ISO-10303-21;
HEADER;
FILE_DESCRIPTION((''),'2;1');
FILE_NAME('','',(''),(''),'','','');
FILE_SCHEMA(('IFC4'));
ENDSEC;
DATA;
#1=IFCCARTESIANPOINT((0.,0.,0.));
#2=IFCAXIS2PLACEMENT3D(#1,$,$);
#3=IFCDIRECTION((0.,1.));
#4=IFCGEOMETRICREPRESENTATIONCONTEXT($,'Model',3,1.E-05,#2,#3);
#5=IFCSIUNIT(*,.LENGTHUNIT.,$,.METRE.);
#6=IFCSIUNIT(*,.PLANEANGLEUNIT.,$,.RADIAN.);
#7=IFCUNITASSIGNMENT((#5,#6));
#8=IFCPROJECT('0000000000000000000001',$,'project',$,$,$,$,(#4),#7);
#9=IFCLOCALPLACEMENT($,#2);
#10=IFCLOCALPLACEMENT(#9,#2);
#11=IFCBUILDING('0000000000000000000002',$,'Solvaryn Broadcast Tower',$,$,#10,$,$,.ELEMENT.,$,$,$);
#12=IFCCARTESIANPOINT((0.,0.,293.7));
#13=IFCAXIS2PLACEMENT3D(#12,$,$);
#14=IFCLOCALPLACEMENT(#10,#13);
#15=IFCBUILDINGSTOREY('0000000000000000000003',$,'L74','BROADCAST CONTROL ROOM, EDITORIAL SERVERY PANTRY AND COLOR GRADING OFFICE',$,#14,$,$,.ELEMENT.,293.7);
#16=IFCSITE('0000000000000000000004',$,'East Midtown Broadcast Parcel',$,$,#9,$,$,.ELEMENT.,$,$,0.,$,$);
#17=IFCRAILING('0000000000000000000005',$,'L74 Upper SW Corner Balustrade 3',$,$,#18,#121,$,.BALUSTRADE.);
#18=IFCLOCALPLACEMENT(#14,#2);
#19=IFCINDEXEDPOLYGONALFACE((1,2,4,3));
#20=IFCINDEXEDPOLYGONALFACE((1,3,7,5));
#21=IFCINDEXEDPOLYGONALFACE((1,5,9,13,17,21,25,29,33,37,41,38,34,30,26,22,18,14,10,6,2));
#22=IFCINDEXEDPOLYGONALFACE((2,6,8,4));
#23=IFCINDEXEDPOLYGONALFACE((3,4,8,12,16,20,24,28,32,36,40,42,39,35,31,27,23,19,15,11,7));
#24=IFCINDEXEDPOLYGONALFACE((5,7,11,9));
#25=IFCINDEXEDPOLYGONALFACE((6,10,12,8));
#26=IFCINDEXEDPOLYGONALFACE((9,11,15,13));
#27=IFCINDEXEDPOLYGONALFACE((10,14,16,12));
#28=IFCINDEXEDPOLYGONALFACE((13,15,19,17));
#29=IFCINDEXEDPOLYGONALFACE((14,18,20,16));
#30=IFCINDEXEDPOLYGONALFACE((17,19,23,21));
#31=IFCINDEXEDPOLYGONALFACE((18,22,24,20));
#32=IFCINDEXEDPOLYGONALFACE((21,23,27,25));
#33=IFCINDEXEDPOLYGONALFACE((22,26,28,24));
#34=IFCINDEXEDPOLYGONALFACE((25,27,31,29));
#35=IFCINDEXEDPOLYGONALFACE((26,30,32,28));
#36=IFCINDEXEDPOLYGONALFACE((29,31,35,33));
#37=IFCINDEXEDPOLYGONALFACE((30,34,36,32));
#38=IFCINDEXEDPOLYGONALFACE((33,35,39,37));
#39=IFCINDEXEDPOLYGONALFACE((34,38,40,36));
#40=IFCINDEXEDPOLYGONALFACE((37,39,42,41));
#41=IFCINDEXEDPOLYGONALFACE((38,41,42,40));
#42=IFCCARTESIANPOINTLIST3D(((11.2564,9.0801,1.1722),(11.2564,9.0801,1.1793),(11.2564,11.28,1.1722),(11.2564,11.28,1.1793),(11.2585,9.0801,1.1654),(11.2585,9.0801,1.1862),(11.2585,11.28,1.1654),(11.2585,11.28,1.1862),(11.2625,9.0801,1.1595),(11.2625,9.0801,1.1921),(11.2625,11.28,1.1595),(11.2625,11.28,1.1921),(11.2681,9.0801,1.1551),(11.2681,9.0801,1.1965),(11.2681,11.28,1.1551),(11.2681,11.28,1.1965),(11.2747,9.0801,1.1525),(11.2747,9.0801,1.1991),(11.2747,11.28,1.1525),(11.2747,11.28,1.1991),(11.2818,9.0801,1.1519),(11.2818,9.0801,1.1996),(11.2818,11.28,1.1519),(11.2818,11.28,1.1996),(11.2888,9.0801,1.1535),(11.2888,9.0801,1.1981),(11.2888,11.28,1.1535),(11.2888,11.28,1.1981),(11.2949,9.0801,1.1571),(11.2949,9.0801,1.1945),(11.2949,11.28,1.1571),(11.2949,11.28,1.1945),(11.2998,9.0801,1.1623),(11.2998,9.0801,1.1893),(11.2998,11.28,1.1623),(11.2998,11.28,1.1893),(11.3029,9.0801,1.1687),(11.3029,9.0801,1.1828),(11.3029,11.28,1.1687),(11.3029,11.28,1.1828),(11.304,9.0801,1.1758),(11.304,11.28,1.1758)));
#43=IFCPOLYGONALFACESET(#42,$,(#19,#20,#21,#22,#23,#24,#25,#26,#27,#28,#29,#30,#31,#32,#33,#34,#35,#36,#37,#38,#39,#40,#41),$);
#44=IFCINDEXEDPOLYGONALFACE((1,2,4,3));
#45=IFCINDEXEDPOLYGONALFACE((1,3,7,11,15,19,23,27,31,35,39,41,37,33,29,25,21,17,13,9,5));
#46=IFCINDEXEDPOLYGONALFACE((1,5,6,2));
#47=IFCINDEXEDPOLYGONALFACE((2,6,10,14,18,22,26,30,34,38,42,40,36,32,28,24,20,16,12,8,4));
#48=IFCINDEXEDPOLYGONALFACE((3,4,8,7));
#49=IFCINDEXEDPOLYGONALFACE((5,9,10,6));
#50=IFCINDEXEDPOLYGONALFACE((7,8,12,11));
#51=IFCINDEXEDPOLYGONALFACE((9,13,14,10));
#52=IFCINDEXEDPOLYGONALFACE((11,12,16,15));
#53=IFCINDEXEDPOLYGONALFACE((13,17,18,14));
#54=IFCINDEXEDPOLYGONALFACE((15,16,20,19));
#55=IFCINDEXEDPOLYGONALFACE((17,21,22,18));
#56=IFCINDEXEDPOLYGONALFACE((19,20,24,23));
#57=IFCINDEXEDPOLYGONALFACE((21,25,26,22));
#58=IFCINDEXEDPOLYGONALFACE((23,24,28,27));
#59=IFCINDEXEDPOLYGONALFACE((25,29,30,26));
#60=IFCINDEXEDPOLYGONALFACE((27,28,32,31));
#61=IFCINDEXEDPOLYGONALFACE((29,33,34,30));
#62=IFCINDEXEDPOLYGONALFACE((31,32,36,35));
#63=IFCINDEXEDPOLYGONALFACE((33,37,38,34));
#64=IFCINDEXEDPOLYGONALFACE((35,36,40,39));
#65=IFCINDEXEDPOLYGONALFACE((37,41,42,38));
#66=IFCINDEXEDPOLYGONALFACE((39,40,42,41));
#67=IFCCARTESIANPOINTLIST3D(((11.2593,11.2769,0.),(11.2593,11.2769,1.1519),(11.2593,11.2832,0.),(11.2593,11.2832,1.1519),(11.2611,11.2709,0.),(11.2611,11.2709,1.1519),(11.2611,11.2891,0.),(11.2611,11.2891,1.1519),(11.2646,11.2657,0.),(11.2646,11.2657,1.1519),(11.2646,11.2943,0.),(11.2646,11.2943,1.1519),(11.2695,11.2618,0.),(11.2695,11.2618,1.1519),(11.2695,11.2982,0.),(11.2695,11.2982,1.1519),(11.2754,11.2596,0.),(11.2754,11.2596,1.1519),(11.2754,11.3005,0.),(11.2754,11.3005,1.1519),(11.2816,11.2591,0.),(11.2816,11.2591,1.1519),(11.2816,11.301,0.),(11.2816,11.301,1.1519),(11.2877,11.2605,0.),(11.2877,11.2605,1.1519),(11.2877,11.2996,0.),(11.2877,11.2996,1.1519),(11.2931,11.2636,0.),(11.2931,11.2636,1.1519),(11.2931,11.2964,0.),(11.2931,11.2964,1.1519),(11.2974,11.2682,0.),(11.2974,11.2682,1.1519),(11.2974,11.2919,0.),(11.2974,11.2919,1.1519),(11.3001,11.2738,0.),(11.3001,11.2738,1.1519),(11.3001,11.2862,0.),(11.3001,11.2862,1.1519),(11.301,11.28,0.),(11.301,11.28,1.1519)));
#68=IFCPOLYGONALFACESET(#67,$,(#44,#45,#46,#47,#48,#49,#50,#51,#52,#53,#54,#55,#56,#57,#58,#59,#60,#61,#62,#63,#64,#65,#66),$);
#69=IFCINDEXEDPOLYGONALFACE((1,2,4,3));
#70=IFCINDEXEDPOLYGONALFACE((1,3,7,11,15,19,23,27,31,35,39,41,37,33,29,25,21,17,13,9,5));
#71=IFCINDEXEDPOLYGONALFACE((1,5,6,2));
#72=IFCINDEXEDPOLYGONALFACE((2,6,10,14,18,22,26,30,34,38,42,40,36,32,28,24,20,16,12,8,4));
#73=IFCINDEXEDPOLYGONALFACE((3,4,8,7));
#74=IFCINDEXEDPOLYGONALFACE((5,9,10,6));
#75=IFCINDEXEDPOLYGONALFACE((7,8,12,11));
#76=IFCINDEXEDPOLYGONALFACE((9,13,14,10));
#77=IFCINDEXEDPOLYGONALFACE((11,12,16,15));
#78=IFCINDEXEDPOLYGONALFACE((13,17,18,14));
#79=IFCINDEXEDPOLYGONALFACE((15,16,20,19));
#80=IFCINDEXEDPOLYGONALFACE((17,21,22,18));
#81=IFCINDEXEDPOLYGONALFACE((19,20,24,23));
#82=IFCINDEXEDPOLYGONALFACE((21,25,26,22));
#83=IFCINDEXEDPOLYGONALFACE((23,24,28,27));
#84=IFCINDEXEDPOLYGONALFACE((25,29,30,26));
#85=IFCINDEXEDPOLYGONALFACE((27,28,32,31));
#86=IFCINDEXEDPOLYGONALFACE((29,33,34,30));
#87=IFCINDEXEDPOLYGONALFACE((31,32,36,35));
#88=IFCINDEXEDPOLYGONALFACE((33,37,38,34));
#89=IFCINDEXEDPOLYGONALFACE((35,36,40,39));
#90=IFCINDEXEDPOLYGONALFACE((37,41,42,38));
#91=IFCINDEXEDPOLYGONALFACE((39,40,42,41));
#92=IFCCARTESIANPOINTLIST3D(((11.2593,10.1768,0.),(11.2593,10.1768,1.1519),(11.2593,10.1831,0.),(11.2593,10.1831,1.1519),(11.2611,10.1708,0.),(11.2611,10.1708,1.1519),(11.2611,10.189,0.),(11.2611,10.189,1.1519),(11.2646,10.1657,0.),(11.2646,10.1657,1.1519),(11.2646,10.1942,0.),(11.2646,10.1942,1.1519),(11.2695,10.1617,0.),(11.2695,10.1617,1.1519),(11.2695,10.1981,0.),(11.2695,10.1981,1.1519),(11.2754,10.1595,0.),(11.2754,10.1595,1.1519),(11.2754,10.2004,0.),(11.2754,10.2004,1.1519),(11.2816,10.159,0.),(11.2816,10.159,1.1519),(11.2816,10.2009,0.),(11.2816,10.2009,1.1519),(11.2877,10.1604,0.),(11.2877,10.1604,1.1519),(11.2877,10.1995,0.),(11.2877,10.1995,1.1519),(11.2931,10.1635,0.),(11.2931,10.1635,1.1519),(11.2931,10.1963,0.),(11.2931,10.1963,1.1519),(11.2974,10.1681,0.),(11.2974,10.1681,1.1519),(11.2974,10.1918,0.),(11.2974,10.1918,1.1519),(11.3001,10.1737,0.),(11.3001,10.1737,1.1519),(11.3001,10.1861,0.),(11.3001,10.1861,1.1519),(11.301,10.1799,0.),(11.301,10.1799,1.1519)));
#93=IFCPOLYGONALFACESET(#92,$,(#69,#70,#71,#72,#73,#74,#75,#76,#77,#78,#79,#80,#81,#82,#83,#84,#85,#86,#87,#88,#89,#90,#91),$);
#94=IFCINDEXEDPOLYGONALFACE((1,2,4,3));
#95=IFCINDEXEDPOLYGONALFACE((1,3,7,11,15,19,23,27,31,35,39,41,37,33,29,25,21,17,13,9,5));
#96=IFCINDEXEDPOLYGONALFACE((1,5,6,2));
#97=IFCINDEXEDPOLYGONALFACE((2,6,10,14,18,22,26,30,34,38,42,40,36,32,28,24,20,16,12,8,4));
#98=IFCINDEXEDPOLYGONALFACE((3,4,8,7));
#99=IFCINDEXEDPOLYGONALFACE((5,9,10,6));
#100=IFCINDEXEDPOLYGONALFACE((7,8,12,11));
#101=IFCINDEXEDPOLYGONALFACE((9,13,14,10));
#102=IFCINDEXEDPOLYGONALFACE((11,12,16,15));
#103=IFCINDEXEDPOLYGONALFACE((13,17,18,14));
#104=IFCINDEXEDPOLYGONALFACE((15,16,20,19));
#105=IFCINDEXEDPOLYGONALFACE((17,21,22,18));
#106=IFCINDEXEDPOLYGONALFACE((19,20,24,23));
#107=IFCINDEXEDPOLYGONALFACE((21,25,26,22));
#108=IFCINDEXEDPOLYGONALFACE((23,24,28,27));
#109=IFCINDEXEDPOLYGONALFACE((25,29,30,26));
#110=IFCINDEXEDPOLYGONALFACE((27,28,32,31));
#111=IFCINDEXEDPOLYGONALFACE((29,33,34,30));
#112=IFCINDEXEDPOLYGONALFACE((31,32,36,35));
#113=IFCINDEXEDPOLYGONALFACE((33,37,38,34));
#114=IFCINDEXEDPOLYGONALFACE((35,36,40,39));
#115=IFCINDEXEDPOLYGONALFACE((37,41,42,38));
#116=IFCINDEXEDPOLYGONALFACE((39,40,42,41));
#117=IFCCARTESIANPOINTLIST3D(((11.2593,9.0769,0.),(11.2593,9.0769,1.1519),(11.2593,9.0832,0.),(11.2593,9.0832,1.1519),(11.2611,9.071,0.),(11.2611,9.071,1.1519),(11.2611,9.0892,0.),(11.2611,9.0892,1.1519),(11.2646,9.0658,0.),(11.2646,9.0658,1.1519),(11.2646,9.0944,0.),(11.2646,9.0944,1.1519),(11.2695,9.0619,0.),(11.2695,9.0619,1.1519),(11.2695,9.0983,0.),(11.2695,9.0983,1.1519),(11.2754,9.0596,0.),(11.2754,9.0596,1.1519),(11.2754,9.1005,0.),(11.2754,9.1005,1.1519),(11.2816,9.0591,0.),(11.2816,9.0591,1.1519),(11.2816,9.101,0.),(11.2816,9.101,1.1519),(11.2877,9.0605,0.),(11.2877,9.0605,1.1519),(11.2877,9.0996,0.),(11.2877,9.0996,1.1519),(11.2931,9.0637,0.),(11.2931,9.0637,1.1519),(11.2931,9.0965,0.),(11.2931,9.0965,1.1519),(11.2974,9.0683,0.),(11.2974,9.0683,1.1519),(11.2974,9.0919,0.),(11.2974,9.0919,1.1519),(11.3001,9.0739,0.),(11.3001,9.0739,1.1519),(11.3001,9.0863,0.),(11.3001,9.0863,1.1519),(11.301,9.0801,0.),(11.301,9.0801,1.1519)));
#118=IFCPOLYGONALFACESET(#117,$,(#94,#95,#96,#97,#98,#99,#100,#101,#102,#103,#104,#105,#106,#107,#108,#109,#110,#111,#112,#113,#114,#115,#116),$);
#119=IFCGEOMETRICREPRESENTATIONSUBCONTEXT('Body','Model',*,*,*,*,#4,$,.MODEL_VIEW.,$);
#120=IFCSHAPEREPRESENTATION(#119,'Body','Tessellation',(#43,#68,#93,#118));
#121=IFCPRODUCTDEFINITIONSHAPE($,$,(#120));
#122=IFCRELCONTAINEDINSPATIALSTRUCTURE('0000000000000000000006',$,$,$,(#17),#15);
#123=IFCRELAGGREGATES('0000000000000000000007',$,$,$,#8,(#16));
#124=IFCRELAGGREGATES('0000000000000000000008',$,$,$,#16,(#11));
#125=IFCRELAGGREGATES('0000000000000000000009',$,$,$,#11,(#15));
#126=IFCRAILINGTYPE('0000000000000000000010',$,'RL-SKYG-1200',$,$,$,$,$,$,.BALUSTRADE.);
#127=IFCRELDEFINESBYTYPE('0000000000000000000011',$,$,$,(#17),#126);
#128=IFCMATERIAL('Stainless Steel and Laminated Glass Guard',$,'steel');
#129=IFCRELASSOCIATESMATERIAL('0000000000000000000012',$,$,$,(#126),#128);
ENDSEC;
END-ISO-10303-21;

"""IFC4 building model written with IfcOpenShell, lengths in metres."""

from ifc_helpers import new_model, si_unit, direction, frame, origin, origin_2d, place, context, subcontext, project, spatial, circle, extrude, material, type_object, element, save


model = new_model("IFC4")

# Units and contexts
model_context = context("Model", 3, precision=1e-05, world=origin(), true_north=direction((0.0, 1.0)))
body_context = subcontext(model_context, "Body", "Model", "MODEL_VIEW")
ifc_project = project(units=[si_unit("LENGTHUNIT", "METRE"), si_unit("PLANEANGLEUNIT", "RADIAN")], contexts=[model_context])

# Site, building, storey
site_placement = place(None, origin())
site = spatial("IfcSite", under=ifc_project, at=site_placement, Name="East Midtown Broadcast Parcel", CompositionType="ELEMENT", RefElevation=0.0)
building_placement = place(site_placement, origin())
building = spatial("IfcBuilding", under=site, at=building_placement, Name="Solvaryn Broadcast Tower", CompositionType="ELEMENT")
storey_placement = place(building_placement, frame((0.0, 0.0, 293.7)))
storey = spatial("IfcBuildingStorey", under=building, at=storey_placement, Name="L74", Description="BROADCAST CONTROL ROOM, EDITORIAL SERVERY PANTRY AND COLOR GRADING OFFICE", CompositionType="ELEMENT", Elevation=293.7)

# Railing
ifc_material_1 = material(Name="Stainless Steel and Laminated Glass Guard", Category="steel")
railing_type = type_object("IfcRailingType", Name="RL-SKYG-1200", PredefinedType="BALUSTRADE", material=ifc_material_1)
railing_1_placement = place(storey_placement, frame((11.28, 11.28, 0.0)))
element("IfcRailing", 1, at=railing_1_placement, inside=storey, type_object=railing_type, Name="L74 Upper SW Corner Balustrade 3", PredefinedType="BALUSTRADE", context=body_context, shape_type="SweptSolid", body=[
    extrude(circle(Radius=0.0239, at=origin_2d()), frame((0.0, 0.0, 1.1758), z_axis=(0.0, -1.0, 0.0), x_axis=(1.0, 0.0, 0.0)), (0.0, 0.0, 1.0), 2.2),
    extrude(circle(Radius=0.021, at=origin_2d()), origin(), (0.0, 0.0, 1.0), 1.1519),
    extrude(circle(Radius=0.021, at=origin_2d()), frame((0.0, -1.1001, 0.0)), (0.0, 0.0, 1.0), 1.1519),
    extrude(circle(Radius=0.021, at=origin_2d()), frame((0.0, -2.2, 0.0)), (0.0, 0.0, 1.0), 1.1519),
])

save(model, "model.ifc")
